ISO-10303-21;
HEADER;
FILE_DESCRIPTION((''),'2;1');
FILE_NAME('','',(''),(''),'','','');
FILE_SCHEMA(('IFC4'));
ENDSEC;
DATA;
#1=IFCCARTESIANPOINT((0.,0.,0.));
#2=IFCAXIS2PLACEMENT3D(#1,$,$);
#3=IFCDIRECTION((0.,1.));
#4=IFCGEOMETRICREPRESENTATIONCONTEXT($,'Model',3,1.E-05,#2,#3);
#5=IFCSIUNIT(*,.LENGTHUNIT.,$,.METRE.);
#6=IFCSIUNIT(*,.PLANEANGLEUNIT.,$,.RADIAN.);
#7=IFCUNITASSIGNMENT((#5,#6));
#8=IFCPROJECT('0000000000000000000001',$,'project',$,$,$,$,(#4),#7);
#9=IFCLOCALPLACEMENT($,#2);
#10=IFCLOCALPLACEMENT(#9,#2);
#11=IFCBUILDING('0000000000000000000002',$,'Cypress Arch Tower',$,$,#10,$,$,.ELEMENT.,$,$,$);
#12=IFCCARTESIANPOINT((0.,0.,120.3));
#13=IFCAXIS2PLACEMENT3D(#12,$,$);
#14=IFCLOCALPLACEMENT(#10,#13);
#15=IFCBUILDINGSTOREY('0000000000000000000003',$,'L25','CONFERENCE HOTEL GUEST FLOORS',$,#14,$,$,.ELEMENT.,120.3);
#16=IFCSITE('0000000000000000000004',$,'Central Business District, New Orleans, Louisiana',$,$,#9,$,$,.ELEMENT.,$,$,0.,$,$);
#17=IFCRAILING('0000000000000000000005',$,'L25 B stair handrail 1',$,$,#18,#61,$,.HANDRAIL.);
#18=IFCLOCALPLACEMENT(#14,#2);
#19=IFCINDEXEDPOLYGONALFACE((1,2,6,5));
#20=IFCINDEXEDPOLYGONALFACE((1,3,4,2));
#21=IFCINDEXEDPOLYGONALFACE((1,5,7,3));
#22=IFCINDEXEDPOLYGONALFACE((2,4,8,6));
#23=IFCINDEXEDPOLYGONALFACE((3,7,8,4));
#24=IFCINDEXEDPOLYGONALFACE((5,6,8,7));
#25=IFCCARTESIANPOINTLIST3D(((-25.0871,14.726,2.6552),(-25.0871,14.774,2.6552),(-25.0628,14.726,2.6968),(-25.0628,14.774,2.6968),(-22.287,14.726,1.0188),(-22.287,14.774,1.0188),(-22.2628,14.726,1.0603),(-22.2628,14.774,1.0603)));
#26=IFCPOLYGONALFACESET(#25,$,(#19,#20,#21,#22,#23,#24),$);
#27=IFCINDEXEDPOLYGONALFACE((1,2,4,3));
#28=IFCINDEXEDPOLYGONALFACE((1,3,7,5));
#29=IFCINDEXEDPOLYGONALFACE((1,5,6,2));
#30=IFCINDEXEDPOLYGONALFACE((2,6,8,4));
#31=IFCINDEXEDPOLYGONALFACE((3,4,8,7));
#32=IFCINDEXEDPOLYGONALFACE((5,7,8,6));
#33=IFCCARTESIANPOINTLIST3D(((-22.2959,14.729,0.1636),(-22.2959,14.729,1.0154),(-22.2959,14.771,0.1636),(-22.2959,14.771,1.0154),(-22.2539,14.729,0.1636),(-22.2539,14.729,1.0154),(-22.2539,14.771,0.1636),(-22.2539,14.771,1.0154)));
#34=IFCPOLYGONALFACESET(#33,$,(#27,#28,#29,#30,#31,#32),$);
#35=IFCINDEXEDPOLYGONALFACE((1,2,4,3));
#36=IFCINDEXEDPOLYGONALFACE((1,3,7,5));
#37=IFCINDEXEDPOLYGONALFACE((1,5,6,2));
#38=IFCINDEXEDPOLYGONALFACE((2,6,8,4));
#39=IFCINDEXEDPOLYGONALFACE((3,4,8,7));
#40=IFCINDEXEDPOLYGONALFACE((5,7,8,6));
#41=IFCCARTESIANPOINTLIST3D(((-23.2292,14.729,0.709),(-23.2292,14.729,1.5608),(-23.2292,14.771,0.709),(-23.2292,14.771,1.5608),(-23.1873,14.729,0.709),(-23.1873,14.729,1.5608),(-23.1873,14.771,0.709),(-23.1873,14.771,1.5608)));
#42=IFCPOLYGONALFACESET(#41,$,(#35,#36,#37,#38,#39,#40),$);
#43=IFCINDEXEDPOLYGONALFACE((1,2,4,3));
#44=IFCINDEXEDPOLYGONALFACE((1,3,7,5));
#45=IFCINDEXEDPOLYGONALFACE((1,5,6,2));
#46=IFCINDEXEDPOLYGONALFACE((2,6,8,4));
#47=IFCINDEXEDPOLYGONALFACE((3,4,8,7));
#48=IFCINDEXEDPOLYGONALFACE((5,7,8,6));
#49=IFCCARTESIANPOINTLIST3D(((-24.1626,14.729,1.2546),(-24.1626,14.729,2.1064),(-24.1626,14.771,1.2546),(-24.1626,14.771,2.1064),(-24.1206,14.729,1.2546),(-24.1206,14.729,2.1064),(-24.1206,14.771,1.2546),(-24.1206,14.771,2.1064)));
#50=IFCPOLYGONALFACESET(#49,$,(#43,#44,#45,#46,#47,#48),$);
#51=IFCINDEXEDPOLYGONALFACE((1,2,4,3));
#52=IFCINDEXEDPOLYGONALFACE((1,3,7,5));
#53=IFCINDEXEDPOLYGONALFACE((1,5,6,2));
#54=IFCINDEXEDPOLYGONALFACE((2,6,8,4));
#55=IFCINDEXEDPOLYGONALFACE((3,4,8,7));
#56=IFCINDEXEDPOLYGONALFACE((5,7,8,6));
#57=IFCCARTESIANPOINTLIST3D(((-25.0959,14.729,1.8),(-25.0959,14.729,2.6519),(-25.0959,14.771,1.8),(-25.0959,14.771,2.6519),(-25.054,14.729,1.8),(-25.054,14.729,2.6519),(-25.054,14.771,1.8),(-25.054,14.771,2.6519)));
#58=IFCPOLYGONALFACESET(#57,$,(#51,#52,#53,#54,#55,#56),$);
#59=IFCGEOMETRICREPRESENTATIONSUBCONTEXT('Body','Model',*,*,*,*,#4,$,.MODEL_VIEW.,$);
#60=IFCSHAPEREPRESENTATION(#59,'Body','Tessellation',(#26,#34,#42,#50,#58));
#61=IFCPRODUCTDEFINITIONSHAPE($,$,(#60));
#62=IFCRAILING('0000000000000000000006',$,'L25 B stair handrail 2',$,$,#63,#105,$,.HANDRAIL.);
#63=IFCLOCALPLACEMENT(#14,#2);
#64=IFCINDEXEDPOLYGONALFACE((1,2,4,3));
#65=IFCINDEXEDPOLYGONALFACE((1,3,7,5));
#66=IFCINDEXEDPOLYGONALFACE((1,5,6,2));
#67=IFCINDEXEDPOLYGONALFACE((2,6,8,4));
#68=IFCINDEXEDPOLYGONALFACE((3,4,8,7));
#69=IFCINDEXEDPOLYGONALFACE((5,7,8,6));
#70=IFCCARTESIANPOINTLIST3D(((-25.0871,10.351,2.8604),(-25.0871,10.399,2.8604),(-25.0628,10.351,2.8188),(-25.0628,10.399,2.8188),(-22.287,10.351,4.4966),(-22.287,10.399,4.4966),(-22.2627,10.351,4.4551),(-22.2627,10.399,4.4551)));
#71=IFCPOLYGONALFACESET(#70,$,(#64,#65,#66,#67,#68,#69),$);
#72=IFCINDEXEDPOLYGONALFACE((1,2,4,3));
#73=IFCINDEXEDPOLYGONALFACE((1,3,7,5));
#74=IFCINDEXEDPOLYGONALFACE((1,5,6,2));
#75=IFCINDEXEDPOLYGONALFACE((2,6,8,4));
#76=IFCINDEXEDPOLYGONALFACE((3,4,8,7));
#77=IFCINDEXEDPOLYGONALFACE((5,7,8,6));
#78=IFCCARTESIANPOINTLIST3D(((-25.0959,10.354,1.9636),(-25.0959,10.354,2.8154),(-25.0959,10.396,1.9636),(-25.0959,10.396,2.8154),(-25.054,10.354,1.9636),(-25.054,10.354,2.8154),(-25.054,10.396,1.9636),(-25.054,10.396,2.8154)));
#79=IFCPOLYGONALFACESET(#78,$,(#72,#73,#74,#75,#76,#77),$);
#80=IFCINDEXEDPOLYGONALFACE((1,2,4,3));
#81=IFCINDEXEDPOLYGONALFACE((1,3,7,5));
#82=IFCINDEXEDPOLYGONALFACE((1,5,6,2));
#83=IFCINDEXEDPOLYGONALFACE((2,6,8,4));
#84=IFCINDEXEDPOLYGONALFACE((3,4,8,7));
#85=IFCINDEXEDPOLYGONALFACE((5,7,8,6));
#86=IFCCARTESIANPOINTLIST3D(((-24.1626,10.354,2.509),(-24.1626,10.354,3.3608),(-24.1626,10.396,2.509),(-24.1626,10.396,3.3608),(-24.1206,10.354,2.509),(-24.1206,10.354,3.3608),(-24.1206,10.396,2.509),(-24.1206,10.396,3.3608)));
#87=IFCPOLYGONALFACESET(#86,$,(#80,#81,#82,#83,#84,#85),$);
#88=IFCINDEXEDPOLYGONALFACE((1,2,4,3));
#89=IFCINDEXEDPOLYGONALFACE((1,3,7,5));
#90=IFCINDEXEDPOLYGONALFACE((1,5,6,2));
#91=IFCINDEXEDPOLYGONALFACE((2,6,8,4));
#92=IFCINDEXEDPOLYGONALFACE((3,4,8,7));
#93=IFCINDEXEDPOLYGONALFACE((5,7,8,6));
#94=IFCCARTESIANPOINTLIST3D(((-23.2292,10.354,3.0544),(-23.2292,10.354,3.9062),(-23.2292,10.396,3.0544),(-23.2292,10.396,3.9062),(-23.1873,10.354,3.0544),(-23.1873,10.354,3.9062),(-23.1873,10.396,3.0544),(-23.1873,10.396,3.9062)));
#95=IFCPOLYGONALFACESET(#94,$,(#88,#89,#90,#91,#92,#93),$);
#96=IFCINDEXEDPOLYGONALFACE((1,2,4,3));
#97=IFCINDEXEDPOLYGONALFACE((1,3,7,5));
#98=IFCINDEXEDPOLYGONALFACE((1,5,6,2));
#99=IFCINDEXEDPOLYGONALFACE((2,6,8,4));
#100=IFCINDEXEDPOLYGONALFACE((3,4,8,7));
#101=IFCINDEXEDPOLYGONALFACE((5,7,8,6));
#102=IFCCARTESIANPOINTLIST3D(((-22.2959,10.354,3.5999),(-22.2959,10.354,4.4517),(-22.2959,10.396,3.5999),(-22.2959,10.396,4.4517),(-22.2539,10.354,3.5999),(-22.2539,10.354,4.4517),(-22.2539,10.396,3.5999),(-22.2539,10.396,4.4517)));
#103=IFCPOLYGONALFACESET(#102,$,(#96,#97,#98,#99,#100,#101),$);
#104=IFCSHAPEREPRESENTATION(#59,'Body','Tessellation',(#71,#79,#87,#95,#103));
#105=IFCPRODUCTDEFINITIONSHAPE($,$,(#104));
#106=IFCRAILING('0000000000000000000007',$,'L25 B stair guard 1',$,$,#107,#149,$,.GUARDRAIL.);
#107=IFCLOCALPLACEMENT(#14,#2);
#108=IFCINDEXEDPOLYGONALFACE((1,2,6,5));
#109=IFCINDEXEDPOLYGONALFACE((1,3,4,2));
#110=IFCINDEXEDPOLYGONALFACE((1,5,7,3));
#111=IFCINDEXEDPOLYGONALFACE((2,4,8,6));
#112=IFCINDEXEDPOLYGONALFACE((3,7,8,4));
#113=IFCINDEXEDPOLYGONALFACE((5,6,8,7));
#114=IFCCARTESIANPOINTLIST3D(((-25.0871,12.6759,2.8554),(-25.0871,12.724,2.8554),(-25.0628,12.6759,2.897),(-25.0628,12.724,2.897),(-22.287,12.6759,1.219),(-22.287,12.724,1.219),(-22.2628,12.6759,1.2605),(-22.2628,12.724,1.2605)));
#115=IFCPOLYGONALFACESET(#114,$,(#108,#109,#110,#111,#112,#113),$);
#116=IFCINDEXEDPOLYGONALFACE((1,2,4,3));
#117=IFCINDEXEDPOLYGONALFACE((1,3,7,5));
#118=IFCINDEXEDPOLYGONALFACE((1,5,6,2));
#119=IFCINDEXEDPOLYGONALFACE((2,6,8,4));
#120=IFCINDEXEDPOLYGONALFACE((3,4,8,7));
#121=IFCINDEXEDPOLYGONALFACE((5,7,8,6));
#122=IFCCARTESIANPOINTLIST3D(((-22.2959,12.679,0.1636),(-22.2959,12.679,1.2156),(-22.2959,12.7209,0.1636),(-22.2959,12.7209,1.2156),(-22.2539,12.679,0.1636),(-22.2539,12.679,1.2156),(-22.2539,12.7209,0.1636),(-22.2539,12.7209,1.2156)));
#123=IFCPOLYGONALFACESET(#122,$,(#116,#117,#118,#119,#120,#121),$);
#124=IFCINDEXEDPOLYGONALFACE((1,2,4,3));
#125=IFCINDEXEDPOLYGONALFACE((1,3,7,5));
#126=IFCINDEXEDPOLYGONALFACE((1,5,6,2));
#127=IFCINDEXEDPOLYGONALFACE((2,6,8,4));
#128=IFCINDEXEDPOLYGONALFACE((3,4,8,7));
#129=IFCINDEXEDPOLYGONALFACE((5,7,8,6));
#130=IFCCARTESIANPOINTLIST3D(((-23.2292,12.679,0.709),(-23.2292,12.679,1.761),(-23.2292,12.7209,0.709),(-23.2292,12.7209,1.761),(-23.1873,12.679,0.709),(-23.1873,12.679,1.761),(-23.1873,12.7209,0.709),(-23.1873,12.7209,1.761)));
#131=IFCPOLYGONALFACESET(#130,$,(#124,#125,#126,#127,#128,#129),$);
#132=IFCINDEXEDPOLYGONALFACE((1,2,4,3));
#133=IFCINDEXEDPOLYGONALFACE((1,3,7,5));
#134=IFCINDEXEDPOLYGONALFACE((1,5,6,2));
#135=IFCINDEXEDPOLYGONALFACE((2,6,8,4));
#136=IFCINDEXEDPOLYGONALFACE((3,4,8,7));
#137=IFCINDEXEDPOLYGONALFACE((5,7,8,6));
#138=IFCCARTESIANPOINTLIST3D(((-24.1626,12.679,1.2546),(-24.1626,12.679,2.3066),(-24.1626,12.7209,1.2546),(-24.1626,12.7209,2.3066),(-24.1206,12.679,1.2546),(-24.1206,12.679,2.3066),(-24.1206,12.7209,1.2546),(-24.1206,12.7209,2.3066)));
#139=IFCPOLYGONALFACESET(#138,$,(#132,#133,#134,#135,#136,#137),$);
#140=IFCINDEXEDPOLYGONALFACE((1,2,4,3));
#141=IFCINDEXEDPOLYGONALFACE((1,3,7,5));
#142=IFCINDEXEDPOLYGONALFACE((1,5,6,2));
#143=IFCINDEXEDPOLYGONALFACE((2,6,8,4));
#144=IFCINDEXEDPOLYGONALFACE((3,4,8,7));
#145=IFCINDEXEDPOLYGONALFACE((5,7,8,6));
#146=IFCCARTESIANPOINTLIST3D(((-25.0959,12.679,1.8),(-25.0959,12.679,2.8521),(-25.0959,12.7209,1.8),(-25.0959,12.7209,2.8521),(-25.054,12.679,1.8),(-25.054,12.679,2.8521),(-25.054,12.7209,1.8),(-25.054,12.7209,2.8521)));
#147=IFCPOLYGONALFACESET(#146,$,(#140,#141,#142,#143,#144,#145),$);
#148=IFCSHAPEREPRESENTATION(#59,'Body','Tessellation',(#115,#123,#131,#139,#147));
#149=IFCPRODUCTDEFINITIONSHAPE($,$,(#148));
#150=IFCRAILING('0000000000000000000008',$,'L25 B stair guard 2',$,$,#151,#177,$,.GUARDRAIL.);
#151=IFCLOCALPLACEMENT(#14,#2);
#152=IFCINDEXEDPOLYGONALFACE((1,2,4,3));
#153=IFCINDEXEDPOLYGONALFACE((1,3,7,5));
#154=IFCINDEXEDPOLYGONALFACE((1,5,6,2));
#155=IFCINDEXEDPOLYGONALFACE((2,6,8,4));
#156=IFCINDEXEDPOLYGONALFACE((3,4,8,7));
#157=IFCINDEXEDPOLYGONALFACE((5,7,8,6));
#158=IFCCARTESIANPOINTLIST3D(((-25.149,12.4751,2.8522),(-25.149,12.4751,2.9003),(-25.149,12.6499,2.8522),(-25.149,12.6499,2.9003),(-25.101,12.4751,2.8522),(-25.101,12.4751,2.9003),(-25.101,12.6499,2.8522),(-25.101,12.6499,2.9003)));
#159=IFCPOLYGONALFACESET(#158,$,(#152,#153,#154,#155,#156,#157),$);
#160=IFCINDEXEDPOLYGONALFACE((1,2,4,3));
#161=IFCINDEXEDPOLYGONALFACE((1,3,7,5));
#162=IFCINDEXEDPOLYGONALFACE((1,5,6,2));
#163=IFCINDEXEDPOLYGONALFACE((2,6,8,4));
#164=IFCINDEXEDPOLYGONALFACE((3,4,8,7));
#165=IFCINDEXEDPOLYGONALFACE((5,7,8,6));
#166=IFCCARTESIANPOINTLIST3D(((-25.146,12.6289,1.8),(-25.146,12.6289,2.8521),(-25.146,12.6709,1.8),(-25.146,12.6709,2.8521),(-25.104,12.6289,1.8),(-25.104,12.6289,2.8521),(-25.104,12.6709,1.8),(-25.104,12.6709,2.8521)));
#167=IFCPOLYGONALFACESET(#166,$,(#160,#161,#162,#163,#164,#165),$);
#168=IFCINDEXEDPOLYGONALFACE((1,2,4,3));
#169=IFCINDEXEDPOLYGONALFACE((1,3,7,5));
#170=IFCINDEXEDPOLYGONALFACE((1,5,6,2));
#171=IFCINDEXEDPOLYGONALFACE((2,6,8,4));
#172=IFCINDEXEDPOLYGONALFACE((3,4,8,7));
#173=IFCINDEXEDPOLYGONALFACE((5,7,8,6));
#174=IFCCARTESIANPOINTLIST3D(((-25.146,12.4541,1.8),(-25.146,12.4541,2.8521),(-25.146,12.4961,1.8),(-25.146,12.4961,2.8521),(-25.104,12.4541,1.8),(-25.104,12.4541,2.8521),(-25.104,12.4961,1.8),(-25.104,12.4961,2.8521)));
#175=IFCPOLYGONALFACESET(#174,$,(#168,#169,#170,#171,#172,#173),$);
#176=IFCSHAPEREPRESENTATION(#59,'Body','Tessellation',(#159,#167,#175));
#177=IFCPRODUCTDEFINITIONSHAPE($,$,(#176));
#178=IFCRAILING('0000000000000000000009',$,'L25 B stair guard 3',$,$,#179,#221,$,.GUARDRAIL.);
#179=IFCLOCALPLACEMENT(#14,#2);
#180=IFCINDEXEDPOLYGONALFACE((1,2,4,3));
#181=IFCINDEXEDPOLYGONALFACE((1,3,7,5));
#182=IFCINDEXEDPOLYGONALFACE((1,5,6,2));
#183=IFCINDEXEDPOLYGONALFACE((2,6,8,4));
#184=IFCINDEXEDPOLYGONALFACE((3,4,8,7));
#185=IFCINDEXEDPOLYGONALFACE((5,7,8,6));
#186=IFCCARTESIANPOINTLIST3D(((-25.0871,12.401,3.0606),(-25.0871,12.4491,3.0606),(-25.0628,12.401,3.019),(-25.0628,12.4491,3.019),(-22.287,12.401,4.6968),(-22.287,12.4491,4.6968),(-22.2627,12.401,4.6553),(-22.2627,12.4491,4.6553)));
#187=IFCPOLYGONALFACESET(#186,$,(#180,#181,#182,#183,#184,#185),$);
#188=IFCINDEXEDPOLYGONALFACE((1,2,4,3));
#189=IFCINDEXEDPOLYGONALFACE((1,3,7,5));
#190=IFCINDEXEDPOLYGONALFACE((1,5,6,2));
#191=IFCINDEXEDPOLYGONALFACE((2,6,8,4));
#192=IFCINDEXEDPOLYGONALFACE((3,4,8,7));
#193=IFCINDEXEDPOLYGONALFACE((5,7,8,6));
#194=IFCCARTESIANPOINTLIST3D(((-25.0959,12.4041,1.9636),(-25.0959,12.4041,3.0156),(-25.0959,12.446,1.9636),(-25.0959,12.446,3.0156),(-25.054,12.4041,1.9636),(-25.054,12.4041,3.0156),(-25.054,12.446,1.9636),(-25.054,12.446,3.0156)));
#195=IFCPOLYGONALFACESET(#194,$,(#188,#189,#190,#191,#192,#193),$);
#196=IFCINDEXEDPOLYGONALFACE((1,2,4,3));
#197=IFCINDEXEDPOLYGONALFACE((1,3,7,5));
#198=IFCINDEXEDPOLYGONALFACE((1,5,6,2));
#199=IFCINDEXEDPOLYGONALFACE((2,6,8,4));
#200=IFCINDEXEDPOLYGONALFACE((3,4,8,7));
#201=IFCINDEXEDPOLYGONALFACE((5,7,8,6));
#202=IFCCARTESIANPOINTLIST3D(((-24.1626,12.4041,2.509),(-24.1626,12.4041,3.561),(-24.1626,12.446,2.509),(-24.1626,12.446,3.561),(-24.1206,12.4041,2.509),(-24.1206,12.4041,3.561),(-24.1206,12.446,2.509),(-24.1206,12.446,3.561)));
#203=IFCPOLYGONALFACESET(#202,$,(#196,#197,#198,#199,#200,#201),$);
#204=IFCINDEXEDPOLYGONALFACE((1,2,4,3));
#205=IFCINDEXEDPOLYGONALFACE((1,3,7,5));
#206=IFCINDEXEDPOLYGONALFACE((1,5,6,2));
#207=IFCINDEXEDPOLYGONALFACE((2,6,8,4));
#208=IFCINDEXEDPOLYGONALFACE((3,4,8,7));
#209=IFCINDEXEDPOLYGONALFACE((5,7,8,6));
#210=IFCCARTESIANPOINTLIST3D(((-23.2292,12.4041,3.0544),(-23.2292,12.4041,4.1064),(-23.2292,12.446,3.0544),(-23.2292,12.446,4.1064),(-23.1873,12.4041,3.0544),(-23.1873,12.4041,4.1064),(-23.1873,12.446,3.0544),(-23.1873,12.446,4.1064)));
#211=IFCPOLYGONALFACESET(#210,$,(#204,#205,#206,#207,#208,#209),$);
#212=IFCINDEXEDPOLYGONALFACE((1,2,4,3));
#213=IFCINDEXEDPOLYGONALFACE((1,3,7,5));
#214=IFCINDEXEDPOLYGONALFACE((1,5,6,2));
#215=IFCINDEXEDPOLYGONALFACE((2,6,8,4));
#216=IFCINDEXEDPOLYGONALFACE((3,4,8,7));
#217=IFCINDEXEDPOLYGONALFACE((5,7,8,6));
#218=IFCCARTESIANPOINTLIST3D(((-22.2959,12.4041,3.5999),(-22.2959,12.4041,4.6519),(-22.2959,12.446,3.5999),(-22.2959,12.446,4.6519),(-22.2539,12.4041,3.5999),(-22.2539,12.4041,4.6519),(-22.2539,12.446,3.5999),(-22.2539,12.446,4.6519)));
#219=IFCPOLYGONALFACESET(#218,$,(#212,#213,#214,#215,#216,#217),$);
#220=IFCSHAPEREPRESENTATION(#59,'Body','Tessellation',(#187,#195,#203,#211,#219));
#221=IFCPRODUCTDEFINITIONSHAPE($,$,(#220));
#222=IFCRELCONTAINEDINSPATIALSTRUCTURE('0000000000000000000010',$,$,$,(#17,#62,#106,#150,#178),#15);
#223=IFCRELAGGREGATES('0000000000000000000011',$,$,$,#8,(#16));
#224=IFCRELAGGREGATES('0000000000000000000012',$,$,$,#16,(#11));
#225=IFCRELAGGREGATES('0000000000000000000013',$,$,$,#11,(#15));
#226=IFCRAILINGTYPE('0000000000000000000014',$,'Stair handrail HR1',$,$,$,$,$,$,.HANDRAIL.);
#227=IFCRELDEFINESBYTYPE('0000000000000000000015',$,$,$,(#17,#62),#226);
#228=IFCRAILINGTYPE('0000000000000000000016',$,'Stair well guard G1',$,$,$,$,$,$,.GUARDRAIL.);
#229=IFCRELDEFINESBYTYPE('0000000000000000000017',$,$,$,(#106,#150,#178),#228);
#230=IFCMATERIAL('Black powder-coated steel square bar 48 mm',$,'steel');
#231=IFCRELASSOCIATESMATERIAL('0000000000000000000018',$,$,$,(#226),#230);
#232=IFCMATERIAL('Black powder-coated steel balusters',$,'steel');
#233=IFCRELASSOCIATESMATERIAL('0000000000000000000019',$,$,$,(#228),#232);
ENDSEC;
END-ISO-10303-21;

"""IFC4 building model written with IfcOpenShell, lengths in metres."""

from ifc_helpers import new_model, si_unit, direction, frame, origin, origin_2d, place, context, subcontext, project, spatial, rectangle, extrude, material, type_object, element, save


model = new_model("IFC4")

# Units and contexts
model_context = context("Model", 3, precision=1e-05, world=origin(), true_north=direction((0.0, 1.0)))
body_context = subcontext(model_context, "Body", "Model", "MODEL_VIEW")
ifc_project = project(units=[si_unit("LENGTHUNIT", "METRE"), si_unit("PLANEANGLEUNIT", "RADIAN")], contexts=[model_context])

# Site, building, storey
site_placement = place(None, origin())
site = spatial("IfcSite", under=ifc_project, at=site_placement, Name="Central Business District, New Orleans, Louisiana", CompositionType="ELEMENT", RefElevation=0.0)
building_placement = place(site_placement, origin())
building = spatial("IfcBuilding", under=site, at=building_placement, Name="Cypress Arch Tower", CompositionType="ELEMENT")
storey_placement = place(building_placement, frame((0.0, 0.0, 120.3)))
storey = spatial("IfcBuildingStorey", under=building, at=storey_placement, Name="L25", Description="CONFERENCE HOTEL GUEST FLOORS", CompositionType="ELEMENT", Elevation=120.3)

# Railings
ifc_material_1 = material(Name="Black powder-coated steel square bar 48 mm", Category="steel")
railing_type_1 = type_object("IfcRailingType", Name="Stair handrail HR1", PredefinedType="HANDRAIL", material=ifc_material_1)
railing_1_placement = place(storey_placement, frame((-22.2749, 14.75, 0.1636)))
element("IfcRailing", 1, at=railing_1_placement, inside=storey, type_object=railing_type_1, Name="L25 B stair handrail 1", PredefinedType="HANDRAIL", context=body_context, shape_type="SweptSolid", body=[
    extrude(rectangle(XDim=0.0481, YDim=0.0481, at=origin_2d()), frame((0.0, 0.0, 0.876), z_axis=(-0.863361, 0.0, 0.504587), x_axis=(0.0, -1.0, 0.0)), (0.0, 0.0, 1.0), 3.2432),
    extrude(rectangle(XDim=0.042, YDim=0.042, at=origin_2d()), origin(), (0.0, 0.0, 1.0), 0.8518),
    extrude(rectangle(XDim=0.042, YDim=0.042, at=origin_2d()), frame((-0.9333, 0.0, 0.5454)), (0.0, 0.0, 1.0), 0.8518),
    extrude(rectangle(XDim=0.042, YDim=0.042, at=origin_2d()), frame((-1.8667, 0.0, 1.0911)), (0.0, 0.0, 1.0), 0.8518),
    extrude(rectangle(XDim=0.042, YDim=0.042, at=origin_2d()), frame((-2.8, 0.0, 1.6365)), (0.0, 0.0, 1.0), 0.8518),
])
railing_2_placement = place(storey_placement, frame((-25.075, 10.375, 1.9636)))
element("IfcRailing", 2, at=railing_2_placement, inside=storey, type_object=railing_type_1, Name="L25 B stair handrail 2", PredefinedType="HANDRAIL", context=body_context, shape_type="SweptSolid", body=[
    extrude(rectangle(XDim=0.0481, YDim=0.0481, at=origin_2d()), frame((0.0, 0.0, 0.876), z_axis=(0.863394, 0.0, 0.504531), x_axis=(0.0, 1.0, 0.0)), (0.0, 0.0, 1.0), 3.2432),
    extrude(rectangle(XDim=0.042, YDim=0.042, at=origin_2d()), origin(), (0.0, 0.0, 1.0), 0.8518),
    extrude(rectangle(XDim=0.042, YDim=0.042, at=origin_2d()), frame((0.9333, 0.0, 0.5454)), (0.0, 0.0, 1.0), 0.8518),
    extrude(rectangle(XDim=0.042, YDim=0.042, at=origin_2d()), frame((1.8667, 0.0, 1.0908)), (0.0, 0.0, 1.0), 0.8518),
    extrude(rectangle(XDim=0.042, YDim=0.042, at=origin_2d()), frame((2.8, 0.0, 1.6362)), (0.0, 0.0, 1.0), 0.8518),
])
ifc_material_2 = material(Name="Black powder-coated steel balusters", Category="steel")
railing_type_2 = type_object("IfcRailingType", Name="Stair well guard G1", PredefinedType="GUARDRAIL", material=ifc_material_2)
railing_3_placement = place(storey_placement, frame((-22.2749, 12.7, 0.1636)))
element("IfcRailing", 3, at=railing_3_placement, inside=storey, type_object=railing_type_2, Name="L25 B stair guard 1", PredefinedType="GUARDRAIL", context=body_context, shape_type="SweptSolid", body=[
    extrude(rectangle(XDim=0.0481, YDim=0.0481, at=origin_2d()), frame((0.0, 0.0, 1.0762), z_axis=(-0.863361, 0.0, 0.504587), x_axis=(0.0, -1.0, 0.0)), (0.0, 0.0, 1.0), 3.2432),
    extrude(rectangle(XDim=0.042, YDim=0.042, at=origin_2d()), origin(), (0.0, 0.0, 1.0), 1.052),
    extrude(rectangle(XDim=0.042, YDim=0.042, at=origin_2d()), frame((-0.9333, 0.0, 0.5454)), (0.0, 0.0, 1.0), 1.052),
    extrude(rectangle(XDim=0.042, YDim=0.042, at=origin_2d()), frame((-1.8667, 0.0, 1.0911)), (0.0, 0.0, 1.0), 1.052),
    extrude(rectangle(XDim=0.042, YDim=0.042, at=origin_2d()), frame((-2.8, 0.0, 1.6365)), (0.0, 0.0, 1.0), 1.052),
])
railing_4_placement = place(storey_placement, frame((-25.125, 12.6499, 1.8)))
element("IfcRailing", 4, at=railing_4_placement, inside=storey, type_object=railing_type_2, Name="L25 B stair guard 2", PredefinedType="GUARDRAIL", context=body_context, shape_type="SweptSolid", body=[
    extrude(rectangle(XDim=0.0481, YDim=0.0481, at=origin_2d()), frame((0.0, 0.0, 1.0762), z_axis=(0.0, -1.0, 0.0), x_axis=(1.0, 0.0, 0.0)), (0.0, 0.0, 1.0), 0.1748),
    extrude(rectangle(XDim=0.042, YDim=0.042, at=origin_2d()), origin(), (0.0, 0.0, 1.0), 1.052),
    extrude(rectangle(XDim=0.042, YDim=0.042, at=origin_2d()), frame((0.0, -0.1748, 0.0)), (0.0, 0.0, 1.0), 1.052),
])
railing_5_placement = place(storey_placement, frame((-25.075, 12.425, 1.9636)))
element("IfcRailing", 5, at=railing_5_placement, inside=storey, type_object=railing_type_2, Name="L25 B stair guard 3", PredefinedType="GUARDRAIL", context=body_context, shape_type="SweptSolid", body=[
    extrude(rectangle(XDim=0.0481, YDim=0.0481, at=origin_2d()), frame((0.0, 0.0, 1.0762), z_axis=(0.863394, 0.0, 0.504531), x_axis=(0.0, 1.0, 0.0)), (0.0, 0.0, 1.0), 3.2432),
    extrude(rectangle(XDim=0.042, YDim=0.042, at=origin_2d()), origin(), (0.0, 0.0, 1.0), 1.052),
    extrude(rectangle(XDim=0.042, YDim=0.042, at=origin_2d()), frame((0.9333, 0.0, 0.5454)), (0.0, 0.0, 1.0), 1.052),
    extrude(rectangle(XDim=0.042, YDim=0.042, at=origin_2d()), frame((1.8667, 0.0, 1.0908)), (0.0, 0.0, 1.0), 1.052),
    extrude(rectangle(XDim=0.042, YDim=0.042, at=origin_2d()), frame((2.8, 0.0, 1.6362)), (0.0, 0.0, 1.0), 1.052),
])

save(model, "model.ifc")
